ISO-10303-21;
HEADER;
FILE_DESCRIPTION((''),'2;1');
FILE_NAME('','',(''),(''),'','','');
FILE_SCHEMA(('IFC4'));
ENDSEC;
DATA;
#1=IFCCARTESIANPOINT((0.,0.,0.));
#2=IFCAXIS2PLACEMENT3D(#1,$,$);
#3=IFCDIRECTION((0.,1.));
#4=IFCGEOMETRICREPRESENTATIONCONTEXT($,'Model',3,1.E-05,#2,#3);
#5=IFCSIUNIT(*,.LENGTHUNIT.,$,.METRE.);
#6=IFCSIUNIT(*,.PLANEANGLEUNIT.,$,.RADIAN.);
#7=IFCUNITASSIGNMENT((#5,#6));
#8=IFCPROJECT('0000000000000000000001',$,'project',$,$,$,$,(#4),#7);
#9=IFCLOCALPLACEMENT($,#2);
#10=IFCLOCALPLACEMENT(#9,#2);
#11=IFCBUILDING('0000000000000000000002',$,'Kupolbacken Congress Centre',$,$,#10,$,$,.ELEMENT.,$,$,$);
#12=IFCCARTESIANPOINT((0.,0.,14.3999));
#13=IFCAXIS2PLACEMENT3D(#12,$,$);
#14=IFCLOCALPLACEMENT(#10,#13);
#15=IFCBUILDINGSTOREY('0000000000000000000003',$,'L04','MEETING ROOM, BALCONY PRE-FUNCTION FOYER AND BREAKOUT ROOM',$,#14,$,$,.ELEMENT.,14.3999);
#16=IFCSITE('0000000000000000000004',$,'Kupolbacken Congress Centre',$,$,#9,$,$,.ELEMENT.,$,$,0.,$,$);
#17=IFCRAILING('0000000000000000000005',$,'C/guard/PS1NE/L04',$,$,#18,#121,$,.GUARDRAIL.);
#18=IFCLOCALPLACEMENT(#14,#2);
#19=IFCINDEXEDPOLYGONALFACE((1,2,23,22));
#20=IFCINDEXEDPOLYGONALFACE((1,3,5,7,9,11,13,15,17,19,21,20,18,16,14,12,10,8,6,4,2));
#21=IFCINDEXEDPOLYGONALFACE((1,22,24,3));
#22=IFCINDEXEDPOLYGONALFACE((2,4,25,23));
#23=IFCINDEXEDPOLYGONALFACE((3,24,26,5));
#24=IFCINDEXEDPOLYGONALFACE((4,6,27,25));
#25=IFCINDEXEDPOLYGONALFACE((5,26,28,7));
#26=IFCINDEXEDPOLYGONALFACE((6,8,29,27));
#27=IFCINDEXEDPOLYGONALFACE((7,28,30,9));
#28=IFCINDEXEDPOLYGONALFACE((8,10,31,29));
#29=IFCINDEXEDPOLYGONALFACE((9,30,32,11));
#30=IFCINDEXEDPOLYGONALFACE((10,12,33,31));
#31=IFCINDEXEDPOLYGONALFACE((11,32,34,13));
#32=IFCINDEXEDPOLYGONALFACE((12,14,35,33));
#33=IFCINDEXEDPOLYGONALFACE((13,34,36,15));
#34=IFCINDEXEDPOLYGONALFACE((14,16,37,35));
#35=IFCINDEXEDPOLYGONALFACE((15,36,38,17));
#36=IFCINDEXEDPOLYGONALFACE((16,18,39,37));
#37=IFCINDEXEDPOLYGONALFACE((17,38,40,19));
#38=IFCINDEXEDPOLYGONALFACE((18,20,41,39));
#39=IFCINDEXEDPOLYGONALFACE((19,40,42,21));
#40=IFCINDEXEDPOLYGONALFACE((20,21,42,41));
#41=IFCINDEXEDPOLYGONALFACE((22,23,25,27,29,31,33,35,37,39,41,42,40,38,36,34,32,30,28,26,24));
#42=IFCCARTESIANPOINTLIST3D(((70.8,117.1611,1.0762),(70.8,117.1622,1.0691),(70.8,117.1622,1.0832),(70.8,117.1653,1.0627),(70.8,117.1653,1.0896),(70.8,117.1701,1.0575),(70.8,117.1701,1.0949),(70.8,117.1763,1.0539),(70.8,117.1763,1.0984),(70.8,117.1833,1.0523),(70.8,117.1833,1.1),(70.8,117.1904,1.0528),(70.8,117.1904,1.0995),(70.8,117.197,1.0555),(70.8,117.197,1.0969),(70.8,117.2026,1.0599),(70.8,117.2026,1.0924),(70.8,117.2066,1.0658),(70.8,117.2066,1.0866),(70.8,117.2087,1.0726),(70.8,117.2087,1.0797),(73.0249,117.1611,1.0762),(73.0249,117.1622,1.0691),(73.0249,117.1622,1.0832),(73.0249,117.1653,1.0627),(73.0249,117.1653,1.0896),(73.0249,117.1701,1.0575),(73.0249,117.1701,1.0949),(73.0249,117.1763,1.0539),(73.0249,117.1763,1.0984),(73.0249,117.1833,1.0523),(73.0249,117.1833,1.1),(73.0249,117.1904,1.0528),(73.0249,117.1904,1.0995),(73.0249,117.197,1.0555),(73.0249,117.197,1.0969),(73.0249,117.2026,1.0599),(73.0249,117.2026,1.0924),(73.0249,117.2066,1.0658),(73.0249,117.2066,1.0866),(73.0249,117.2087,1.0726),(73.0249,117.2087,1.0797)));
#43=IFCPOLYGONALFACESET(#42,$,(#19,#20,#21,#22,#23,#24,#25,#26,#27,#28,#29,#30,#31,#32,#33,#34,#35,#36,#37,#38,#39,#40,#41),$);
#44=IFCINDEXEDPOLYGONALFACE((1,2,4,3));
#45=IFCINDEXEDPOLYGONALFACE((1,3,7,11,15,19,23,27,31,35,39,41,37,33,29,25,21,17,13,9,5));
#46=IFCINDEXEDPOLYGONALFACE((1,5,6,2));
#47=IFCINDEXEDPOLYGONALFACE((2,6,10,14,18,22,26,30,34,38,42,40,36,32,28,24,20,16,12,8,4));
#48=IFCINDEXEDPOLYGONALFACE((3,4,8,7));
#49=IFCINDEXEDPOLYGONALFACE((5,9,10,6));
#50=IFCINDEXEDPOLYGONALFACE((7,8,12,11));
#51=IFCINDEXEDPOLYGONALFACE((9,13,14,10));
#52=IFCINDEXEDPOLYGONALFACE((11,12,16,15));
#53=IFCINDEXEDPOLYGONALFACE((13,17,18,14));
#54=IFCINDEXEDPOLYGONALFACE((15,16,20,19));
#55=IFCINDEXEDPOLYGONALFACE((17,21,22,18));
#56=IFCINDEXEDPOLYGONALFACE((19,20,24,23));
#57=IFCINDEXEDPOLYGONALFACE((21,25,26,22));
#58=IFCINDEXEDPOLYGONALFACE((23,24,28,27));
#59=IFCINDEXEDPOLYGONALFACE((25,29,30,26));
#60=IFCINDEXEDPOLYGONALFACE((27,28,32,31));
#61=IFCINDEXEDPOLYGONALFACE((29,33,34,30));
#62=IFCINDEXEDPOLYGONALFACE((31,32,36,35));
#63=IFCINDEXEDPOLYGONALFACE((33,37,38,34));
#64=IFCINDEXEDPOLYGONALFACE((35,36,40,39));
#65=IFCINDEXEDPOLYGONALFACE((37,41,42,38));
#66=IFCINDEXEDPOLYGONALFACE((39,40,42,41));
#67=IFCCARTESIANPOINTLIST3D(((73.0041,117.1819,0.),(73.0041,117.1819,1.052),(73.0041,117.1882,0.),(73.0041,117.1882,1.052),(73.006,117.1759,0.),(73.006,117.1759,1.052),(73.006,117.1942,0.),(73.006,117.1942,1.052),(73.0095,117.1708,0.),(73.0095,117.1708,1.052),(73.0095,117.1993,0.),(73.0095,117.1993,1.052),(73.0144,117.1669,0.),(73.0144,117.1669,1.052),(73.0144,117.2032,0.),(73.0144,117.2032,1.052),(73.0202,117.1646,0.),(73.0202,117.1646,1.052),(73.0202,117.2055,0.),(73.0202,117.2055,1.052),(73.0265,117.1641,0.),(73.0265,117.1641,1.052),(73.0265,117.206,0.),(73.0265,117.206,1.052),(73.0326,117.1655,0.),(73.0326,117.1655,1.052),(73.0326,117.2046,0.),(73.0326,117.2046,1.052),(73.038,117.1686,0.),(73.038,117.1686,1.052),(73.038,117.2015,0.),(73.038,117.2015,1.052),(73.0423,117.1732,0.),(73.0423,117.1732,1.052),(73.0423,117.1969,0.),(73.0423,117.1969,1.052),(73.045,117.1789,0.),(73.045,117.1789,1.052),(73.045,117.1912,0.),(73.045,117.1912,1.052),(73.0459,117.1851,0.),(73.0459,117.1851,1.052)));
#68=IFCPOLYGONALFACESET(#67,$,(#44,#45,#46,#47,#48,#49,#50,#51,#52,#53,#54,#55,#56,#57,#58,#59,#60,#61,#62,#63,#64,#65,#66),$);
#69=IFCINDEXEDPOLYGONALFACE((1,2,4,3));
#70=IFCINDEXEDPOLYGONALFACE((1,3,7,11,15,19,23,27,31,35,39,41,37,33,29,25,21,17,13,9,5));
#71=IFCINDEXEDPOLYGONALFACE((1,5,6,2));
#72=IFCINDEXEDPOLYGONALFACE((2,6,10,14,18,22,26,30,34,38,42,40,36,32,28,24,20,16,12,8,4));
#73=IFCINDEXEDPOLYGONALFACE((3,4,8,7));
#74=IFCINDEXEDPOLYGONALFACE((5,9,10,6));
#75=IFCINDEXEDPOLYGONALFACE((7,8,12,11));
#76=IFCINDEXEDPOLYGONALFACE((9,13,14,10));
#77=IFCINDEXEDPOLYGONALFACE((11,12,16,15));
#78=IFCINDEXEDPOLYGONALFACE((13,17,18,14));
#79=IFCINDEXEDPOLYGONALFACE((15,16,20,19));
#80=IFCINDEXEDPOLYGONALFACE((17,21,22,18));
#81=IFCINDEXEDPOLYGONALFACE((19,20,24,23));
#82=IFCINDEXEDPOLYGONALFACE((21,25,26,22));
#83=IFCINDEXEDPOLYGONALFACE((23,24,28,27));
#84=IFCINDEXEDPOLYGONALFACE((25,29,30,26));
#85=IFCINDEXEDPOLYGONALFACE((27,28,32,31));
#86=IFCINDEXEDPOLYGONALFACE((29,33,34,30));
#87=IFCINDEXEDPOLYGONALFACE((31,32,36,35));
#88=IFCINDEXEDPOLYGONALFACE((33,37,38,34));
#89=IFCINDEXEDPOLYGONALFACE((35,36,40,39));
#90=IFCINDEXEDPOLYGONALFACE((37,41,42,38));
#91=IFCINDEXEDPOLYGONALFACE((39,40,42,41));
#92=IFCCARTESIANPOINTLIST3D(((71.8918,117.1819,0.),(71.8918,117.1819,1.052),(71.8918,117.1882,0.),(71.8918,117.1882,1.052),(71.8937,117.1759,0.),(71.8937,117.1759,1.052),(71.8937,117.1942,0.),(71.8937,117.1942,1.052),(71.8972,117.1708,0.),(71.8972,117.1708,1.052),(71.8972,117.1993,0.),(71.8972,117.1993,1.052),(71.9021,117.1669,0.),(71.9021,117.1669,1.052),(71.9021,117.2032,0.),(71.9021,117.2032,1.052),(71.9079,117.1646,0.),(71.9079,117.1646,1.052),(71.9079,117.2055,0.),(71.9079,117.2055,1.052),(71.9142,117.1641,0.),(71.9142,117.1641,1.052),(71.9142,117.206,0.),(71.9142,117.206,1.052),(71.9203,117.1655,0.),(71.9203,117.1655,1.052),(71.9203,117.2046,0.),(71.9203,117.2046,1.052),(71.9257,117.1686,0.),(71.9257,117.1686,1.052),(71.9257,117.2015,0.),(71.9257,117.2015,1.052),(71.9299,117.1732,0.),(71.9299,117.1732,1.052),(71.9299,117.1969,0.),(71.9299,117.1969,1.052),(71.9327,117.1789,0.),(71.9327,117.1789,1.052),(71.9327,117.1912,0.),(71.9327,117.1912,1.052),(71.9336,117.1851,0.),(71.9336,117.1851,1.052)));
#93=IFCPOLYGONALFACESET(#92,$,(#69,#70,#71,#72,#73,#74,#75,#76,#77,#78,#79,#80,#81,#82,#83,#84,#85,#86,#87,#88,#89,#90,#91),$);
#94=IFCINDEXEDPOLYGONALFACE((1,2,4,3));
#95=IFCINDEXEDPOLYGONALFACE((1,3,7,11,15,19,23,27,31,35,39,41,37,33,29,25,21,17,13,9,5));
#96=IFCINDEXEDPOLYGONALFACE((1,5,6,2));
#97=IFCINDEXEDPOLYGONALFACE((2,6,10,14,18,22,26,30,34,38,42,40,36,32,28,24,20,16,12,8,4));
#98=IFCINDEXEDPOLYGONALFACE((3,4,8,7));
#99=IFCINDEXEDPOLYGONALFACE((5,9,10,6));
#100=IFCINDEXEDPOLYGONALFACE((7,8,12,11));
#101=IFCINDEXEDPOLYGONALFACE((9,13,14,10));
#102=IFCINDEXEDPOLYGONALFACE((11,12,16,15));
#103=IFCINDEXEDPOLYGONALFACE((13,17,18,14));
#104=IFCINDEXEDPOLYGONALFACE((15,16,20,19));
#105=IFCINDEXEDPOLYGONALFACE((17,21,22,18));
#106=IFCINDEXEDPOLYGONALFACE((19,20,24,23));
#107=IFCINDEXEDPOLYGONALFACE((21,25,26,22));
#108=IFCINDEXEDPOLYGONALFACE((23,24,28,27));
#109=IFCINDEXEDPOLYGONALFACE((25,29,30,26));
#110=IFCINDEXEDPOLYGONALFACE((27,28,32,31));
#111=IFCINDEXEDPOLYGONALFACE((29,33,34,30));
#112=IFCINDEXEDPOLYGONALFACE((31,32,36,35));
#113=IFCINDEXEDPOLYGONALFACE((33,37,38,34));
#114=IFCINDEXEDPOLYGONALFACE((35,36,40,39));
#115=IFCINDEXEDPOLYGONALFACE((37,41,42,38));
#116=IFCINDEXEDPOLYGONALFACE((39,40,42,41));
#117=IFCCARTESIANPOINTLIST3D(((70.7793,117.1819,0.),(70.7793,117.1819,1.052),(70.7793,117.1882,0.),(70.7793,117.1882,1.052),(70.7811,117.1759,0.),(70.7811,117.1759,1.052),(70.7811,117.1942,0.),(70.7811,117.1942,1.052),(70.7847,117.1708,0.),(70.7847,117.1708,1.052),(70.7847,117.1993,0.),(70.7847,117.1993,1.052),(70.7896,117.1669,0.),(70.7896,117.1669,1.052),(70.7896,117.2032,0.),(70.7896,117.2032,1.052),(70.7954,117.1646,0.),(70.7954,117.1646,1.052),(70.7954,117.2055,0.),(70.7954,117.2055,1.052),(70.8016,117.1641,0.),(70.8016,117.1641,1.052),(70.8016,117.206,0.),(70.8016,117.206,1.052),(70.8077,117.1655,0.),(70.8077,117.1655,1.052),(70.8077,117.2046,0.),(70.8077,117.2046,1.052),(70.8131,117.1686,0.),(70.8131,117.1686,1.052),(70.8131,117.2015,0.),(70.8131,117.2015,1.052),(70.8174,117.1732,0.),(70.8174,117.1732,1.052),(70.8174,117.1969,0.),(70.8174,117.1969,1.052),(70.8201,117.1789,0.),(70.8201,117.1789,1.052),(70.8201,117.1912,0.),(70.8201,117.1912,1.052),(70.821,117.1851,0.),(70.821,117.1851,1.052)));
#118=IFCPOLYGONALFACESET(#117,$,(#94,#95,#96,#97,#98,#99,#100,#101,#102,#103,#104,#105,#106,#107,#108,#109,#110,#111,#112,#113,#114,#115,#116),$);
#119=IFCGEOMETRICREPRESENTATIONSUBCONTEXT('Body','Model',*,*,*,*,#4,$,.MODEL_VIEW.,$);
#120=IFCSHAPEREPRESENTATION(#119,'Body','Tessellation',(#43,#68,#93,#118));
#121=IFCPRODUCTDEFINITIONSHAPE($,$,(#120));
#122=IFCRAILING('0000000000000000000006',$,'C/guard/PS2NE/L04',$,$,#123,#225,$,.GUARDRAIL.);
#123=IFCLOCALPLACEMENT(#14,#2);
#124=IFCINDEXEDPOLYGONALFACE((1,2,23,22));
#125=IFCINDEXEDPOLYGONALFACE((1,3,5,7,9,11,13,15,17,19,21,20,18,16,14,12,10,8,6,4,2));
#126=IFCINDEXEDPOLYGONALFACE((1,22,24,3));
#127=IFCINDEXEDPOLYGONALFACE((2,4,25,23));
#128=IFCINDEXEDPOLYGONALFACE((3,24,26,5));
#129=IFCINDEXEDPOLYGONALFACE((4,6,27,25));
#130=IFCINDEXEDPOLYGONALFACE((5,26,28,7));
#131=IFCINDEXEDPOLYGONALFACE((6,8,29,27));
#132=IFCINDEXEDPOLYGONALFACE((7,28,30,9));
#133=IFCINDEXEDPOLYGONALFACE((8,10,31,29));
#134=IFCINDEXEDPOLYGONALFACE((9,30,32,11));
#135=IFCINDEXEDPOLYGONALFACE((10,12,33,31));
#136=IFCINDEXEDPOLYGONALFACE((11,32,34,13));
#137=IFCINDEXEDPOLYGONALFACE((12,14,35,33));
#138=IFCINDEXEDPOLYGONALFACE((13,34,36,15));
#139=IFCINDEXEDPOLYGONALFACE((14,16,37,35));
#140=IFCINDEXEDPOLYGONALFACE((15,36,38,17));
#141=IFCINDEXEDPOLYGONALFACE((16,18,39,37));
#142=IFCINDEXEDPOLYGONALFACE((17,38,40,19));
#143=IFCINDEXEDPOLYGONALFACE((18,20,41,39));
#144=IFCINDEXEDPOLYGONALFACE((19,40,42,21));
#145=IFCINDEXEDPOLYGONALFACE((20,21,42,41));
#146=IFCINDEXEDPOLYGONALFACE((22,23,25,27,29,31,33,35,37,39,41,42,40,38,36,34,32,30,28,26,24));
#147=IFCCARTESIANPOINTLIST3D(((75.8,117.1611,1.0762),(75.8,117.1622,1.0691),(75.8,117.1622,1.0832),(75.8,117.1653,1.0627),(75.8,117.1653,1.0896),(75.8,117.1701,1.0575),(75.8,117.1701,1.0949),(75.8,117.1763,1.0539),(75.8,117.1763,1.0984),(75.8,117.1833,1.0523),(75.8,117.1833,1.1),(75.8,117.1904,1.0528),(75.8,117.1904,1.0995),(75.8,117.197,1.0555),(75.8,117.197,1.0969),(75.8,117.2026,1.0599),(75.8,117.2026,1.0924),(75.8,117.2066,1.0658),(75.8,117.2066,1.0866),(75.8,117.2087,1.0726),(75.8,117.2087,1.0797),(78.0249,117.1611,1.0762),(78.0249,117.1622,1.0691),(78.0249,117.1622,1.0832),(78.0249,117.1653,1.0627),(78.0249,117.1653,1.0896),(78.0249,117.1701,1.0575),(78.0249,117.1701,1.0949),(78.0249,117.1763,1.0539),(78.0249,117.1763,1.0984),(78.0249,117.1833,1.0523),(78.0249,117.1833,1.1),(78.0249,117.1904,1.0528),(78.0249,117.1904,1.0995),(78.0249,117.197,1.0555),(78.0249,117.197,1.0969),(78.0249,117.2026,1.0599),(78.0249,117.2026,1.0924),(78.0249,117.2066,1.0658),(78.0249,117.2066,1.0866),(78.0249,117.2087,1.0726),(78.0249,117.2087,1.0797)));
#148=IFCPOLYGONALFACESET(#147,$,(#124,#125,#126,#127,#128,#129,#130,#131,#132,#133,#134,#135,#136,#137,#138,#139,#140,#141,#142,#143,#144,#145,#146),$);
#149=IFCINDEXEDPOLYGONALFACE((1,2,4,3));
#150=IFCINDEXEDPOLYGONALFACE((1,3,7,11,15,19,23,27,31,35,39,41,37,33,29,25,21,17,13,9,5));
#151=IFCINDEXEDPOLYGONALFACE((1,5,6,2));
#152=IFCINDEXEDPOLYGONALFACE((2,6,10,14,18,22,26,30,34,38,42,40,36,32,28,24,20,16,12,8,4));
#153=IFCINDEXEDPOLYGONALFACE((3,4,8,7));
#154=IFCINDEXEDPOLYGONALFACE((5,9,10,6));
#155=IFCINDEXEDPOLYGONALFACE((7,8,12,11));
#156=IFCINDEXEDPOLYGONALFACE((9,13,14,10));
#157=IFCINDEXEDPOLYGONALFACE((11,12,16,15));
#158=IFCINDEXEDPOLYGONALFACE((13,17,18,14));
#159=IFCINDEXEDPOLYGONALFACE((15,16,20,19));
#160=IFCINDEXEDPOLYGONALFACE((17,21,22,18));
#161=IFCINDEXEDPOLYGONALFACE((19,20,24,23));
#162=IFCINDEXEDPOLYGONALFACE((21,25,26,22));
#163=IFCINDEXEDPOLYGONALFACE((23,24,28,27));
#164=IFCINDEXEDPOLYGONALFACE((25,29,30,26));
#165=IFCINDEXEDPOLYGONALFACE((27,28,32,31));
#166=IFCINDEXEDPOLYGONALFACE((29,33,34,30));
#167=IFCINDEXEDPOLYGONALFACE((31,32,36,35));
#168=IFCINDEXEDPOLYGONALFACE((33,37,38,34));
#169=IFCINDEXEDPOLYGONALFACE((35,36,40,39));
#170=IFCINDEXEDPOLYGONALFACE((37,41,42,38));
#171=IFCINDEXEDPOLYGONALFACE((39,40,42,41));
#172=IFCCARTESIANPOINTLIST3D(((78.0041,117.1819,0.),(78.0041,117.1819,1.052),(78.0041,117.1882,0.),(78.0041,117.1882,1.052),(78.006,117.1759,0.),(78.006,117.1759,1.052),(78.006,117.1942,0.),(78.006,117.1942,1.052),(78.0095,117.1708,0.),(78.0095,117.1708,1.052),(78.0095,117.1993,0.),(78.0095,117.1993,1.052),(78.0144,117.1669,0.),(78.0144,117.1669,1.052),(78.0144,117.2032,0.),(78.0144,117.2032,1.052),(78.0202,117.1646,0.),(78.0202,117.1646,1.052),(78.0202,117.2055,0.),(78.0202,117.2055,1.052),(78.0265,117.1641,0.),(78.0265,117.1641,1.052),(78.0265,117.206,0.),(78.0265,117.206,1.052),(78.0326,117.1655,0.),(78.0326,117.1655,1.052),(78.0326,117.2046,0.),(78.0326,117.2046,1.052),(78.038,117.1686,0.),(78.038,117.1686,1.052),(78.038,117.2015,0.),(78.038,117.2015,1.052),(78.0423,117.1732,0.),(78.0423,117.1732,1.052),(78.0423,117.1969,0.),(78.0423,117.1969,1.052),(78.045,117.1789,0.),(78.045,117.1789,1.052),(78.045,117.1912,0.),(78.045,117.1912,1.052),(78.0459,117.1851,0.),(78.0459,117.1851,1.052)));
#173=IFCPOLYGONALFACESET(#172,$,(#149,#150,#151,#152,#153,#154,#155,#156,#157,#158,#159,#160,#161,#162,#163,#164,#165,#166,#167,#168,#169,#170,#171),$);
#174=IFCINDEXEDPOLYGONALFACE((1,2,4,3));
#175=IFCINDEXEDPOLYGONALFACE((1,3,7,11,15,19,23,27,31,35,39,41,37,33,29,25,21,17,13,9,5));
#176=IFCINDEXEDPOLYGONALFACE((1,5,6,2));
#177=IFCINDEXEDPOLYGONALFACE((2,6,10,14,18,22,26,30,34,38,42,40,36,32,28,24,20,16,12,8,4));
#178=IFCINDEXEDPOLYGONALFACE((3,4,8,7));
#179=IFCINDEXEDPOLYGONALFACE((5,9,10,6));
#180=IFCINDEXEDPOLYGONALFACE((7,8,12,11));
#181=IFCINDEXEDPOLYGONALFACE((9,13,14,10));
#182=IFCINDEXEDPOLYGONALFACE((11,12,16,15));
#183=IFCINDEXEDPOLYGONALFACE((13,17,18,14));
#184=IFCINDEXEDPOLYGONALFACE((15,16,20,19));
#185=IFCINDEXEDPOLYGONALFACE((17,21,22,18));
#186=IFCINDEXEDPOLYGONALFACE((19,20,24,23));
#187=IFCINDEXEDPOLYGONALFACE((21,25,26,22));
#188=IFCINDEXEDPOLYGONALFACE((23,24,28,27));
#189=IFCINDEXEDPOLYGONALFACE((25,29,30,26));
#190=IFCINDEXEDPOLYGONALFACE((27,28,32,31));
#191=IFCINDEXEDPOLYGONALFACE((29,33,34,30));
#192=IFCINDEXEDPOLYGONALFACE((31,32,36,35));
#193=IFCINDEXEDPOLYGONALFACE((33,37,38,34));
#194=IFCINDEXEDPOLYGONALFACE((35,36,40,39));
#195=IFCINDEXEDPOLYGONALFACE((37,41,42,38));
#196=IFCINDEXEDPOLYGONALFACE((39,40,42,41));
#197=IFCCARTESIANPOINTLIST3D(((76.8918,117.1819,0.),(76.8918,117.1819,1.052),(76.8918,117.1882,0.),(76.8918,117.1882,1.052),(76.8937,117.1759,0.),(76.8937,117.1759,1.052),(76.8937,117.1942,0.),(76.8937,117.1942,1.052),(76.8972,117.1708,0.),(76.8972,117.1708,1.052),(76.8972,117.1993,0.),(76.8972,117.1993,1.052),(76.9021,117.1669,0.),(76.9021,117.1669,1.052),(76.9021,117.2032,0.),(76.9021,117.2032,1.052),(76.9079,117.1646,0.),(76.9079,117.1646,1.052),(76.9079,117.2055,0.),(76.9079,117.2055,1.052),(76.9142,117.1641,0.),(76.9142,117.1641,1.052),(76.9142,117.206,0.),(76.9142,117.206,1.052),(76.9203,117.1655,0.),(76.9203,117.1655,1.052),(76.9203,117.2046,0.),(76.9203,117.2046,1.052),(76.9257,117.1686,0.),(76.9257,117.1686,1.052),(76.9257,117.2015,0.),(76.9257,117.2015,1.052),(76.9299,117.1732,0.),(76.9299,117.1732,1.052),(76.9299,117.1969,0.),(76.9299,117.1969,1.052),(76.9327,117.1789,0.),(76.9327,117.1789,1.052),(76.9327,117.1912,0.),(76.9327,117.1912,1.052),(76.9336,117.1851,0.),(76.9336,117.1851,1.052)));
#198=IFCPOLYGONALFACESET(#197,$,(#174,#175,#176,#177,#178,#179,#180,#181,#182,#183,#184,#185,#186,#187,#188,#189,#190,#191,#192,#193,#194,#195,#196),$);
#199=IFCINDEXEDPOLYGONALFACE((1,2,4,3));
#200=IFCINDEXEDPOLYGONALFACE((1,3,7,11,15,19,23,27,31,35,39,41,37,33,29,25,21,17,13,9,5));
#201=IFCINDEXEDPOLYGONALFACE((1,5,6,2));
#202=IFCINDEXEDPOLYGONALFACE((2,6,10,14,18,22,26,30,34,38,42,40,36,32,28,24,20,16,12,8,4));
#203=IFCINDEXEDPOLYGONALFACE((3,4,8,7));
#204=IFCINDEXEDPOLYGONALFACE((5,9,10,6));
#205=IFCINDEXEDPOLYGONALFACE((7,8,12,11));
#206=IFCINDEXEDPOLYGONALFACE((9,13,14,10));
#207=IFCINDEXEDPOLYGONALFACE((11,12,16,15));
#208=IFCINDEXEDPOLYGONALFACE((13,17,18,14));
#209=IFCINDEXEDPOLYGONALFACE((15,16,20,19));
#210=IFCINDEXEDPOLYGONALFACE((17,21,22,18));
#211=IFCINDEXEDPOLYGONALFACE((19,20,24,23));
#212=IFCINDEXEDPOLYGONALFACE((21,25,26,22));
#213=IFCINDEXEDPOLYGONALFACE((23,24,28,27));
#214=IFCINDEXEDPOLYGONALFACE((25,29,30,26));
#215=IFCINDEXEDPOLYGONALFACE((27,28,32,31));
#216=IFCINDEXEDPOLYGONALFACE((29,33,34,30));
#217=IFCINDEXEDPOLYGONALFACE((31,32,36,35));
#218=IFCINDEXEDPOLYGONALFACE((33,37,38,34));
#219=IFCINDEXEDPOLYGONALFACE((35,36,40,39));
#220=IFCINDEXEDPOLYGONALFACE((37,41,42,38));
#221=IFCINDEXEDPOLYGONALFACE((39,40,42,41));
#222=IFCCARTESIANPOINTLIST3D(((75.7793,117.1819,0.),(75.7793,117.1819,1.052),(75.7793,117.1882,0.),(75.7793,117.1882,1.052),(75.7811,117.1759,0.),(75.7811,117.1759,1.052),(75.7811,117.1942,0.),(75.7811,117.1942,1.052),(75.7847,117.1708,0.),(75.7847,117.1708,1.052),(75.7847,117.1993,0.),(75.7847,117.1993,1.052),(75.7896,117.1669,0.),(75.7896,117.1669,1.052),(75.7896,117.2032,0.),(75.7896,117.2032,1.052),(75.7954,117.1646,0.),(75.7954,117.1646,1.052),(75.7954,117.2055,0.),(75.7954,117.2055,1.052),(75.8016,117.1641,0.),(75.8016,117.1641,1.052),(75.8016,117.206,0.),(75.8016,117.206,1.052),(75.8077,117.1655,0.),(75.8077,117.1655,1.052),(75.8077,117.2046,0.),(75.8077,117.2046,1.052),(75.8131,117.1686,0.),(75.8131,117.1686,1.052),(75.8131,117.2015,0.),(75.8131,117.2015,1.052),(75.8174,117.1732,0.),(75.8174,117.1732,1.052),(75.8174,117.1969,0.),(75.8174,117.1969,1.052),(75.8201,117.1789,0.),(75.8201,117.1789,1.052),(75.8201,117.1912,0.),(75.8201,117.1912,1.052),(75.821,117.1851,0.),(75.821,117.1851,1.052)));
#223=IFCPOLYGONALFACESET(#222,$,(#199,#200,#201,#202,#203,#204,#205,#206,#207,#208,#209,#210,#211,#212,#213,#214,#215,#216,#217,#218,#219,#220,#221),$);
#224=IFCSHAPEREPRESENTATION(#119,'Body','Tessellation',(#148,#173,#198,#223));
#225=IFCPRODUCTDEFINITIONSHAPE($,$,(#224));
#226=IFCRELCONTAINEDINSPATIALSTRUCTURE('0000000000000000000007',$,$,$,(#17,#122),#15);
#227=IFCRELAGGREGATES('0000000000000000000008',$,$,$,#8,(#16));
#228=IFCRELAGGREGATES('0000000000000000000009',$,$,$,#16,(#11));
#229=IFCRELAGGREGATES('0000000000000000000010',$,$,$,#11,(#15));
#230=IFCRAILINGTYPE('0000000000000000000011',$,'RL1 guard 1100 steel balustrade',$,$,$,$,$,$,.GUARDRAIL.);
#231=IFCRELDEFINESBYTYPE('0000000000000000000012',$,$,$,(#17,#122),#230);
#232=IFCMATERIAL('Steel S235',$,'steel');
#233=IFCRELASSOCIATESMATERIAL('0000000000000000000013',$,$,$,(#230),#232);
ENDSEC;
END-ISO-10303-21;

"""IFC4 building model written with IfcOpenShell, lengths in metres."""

from ifc_helpers import new_model, si_unit, direction, frame, origin, origin_2d, place, context, subcontext, project, spatial, circle, extrude, material, type_object, element, save


model = new_model("IFC4")

# Units and contexts
model_context = context("Model", 3, precision=1e-05, world=origin(), true_north=direction((0.0, 1.0)))
body_context = subcontext(model_context, "Body", "Model", "MODEL_VIEW")
ifc_project = project(units=[si_unit("LENGTHUNIT", "METRE"), si_unit("PLANEANGLEUNIT", "RADIAN")], contexts=[model_context])

# Site, building, storey
site_placement = place(None, origin())
site = spatial("IfcSite", under=ifc_project, at=site_placement, Name="Kupolbacken Congress Centre", CompositionType="ELEMENT", RefElevation=0.0)
building_placement = place(site_placement, origin())
building = spatial("IfcBuilding", under=site, at=building_placement, Name="Kupolbacken Congress Centre", CompositionType="ELEMENT")
storey_placement = place(building_placement, frame((0.0, 0.0, 14.3999)))
storey = spatial("IfcBuildingStorey", under=building, at=storey_placement, Name="L04", Description="MEETING ROOM, BALCONY PRE-FUNCTION FOYER AND BREAKOUT ROOM", CompositionType="ELEMENT", Elevation=14.3999)

# Railings
ifc_material_1 = material(Name="Steel S235", Category="steel")
railing_type = type_object("IfcRailingType", Name="RL1 guard 1100 steel balustrade", PredefinedType="GUARDRAIL", material=ifc_material_1)
for number, where, name in (
    (1, (73.0249, 117.1851, 0.0), "C/guard/PS1NE/L04"),
    (2, (78.0249, 117.1851, 0.0), "C/guard/PS2NE/L04"),
):
    element("IfcRailing", number, at=place(storey_placement, frame(where)), inside=storey, type_object=railing_type, Name=name, PredefinedType="GUARDRAIL", context=body_context, shape_type="SweptSolid", body=[
        extrude(circle(Radius=0.0239, at=origin_2d()), frame((0.0, 0.0, 1.0762), z_axis=(-1.0, 0.0, 0.0), x_axis=(0.0, -1.0, 0.0)), (0.0, 0.0, 1.0), 2.2249),
        extrude(circle(Radius=0.021, at=origin_2d()), origin(), (0.0, 0.0, 1.0), 1.052),
        extrude(circle(Radius=0.021, at=origin_2d()), frame((-1.1123, 0.0, 0.0)), (0.0, 0.0, 1.0), 1.052),
        extrude(circle(Radius=0.021, at=origin_2d()), frame((-2.2249, 0.0, 0.0)), (0.0, 0.0, 1.0), 1.052),
    ])

save(model, "model.ifc")
